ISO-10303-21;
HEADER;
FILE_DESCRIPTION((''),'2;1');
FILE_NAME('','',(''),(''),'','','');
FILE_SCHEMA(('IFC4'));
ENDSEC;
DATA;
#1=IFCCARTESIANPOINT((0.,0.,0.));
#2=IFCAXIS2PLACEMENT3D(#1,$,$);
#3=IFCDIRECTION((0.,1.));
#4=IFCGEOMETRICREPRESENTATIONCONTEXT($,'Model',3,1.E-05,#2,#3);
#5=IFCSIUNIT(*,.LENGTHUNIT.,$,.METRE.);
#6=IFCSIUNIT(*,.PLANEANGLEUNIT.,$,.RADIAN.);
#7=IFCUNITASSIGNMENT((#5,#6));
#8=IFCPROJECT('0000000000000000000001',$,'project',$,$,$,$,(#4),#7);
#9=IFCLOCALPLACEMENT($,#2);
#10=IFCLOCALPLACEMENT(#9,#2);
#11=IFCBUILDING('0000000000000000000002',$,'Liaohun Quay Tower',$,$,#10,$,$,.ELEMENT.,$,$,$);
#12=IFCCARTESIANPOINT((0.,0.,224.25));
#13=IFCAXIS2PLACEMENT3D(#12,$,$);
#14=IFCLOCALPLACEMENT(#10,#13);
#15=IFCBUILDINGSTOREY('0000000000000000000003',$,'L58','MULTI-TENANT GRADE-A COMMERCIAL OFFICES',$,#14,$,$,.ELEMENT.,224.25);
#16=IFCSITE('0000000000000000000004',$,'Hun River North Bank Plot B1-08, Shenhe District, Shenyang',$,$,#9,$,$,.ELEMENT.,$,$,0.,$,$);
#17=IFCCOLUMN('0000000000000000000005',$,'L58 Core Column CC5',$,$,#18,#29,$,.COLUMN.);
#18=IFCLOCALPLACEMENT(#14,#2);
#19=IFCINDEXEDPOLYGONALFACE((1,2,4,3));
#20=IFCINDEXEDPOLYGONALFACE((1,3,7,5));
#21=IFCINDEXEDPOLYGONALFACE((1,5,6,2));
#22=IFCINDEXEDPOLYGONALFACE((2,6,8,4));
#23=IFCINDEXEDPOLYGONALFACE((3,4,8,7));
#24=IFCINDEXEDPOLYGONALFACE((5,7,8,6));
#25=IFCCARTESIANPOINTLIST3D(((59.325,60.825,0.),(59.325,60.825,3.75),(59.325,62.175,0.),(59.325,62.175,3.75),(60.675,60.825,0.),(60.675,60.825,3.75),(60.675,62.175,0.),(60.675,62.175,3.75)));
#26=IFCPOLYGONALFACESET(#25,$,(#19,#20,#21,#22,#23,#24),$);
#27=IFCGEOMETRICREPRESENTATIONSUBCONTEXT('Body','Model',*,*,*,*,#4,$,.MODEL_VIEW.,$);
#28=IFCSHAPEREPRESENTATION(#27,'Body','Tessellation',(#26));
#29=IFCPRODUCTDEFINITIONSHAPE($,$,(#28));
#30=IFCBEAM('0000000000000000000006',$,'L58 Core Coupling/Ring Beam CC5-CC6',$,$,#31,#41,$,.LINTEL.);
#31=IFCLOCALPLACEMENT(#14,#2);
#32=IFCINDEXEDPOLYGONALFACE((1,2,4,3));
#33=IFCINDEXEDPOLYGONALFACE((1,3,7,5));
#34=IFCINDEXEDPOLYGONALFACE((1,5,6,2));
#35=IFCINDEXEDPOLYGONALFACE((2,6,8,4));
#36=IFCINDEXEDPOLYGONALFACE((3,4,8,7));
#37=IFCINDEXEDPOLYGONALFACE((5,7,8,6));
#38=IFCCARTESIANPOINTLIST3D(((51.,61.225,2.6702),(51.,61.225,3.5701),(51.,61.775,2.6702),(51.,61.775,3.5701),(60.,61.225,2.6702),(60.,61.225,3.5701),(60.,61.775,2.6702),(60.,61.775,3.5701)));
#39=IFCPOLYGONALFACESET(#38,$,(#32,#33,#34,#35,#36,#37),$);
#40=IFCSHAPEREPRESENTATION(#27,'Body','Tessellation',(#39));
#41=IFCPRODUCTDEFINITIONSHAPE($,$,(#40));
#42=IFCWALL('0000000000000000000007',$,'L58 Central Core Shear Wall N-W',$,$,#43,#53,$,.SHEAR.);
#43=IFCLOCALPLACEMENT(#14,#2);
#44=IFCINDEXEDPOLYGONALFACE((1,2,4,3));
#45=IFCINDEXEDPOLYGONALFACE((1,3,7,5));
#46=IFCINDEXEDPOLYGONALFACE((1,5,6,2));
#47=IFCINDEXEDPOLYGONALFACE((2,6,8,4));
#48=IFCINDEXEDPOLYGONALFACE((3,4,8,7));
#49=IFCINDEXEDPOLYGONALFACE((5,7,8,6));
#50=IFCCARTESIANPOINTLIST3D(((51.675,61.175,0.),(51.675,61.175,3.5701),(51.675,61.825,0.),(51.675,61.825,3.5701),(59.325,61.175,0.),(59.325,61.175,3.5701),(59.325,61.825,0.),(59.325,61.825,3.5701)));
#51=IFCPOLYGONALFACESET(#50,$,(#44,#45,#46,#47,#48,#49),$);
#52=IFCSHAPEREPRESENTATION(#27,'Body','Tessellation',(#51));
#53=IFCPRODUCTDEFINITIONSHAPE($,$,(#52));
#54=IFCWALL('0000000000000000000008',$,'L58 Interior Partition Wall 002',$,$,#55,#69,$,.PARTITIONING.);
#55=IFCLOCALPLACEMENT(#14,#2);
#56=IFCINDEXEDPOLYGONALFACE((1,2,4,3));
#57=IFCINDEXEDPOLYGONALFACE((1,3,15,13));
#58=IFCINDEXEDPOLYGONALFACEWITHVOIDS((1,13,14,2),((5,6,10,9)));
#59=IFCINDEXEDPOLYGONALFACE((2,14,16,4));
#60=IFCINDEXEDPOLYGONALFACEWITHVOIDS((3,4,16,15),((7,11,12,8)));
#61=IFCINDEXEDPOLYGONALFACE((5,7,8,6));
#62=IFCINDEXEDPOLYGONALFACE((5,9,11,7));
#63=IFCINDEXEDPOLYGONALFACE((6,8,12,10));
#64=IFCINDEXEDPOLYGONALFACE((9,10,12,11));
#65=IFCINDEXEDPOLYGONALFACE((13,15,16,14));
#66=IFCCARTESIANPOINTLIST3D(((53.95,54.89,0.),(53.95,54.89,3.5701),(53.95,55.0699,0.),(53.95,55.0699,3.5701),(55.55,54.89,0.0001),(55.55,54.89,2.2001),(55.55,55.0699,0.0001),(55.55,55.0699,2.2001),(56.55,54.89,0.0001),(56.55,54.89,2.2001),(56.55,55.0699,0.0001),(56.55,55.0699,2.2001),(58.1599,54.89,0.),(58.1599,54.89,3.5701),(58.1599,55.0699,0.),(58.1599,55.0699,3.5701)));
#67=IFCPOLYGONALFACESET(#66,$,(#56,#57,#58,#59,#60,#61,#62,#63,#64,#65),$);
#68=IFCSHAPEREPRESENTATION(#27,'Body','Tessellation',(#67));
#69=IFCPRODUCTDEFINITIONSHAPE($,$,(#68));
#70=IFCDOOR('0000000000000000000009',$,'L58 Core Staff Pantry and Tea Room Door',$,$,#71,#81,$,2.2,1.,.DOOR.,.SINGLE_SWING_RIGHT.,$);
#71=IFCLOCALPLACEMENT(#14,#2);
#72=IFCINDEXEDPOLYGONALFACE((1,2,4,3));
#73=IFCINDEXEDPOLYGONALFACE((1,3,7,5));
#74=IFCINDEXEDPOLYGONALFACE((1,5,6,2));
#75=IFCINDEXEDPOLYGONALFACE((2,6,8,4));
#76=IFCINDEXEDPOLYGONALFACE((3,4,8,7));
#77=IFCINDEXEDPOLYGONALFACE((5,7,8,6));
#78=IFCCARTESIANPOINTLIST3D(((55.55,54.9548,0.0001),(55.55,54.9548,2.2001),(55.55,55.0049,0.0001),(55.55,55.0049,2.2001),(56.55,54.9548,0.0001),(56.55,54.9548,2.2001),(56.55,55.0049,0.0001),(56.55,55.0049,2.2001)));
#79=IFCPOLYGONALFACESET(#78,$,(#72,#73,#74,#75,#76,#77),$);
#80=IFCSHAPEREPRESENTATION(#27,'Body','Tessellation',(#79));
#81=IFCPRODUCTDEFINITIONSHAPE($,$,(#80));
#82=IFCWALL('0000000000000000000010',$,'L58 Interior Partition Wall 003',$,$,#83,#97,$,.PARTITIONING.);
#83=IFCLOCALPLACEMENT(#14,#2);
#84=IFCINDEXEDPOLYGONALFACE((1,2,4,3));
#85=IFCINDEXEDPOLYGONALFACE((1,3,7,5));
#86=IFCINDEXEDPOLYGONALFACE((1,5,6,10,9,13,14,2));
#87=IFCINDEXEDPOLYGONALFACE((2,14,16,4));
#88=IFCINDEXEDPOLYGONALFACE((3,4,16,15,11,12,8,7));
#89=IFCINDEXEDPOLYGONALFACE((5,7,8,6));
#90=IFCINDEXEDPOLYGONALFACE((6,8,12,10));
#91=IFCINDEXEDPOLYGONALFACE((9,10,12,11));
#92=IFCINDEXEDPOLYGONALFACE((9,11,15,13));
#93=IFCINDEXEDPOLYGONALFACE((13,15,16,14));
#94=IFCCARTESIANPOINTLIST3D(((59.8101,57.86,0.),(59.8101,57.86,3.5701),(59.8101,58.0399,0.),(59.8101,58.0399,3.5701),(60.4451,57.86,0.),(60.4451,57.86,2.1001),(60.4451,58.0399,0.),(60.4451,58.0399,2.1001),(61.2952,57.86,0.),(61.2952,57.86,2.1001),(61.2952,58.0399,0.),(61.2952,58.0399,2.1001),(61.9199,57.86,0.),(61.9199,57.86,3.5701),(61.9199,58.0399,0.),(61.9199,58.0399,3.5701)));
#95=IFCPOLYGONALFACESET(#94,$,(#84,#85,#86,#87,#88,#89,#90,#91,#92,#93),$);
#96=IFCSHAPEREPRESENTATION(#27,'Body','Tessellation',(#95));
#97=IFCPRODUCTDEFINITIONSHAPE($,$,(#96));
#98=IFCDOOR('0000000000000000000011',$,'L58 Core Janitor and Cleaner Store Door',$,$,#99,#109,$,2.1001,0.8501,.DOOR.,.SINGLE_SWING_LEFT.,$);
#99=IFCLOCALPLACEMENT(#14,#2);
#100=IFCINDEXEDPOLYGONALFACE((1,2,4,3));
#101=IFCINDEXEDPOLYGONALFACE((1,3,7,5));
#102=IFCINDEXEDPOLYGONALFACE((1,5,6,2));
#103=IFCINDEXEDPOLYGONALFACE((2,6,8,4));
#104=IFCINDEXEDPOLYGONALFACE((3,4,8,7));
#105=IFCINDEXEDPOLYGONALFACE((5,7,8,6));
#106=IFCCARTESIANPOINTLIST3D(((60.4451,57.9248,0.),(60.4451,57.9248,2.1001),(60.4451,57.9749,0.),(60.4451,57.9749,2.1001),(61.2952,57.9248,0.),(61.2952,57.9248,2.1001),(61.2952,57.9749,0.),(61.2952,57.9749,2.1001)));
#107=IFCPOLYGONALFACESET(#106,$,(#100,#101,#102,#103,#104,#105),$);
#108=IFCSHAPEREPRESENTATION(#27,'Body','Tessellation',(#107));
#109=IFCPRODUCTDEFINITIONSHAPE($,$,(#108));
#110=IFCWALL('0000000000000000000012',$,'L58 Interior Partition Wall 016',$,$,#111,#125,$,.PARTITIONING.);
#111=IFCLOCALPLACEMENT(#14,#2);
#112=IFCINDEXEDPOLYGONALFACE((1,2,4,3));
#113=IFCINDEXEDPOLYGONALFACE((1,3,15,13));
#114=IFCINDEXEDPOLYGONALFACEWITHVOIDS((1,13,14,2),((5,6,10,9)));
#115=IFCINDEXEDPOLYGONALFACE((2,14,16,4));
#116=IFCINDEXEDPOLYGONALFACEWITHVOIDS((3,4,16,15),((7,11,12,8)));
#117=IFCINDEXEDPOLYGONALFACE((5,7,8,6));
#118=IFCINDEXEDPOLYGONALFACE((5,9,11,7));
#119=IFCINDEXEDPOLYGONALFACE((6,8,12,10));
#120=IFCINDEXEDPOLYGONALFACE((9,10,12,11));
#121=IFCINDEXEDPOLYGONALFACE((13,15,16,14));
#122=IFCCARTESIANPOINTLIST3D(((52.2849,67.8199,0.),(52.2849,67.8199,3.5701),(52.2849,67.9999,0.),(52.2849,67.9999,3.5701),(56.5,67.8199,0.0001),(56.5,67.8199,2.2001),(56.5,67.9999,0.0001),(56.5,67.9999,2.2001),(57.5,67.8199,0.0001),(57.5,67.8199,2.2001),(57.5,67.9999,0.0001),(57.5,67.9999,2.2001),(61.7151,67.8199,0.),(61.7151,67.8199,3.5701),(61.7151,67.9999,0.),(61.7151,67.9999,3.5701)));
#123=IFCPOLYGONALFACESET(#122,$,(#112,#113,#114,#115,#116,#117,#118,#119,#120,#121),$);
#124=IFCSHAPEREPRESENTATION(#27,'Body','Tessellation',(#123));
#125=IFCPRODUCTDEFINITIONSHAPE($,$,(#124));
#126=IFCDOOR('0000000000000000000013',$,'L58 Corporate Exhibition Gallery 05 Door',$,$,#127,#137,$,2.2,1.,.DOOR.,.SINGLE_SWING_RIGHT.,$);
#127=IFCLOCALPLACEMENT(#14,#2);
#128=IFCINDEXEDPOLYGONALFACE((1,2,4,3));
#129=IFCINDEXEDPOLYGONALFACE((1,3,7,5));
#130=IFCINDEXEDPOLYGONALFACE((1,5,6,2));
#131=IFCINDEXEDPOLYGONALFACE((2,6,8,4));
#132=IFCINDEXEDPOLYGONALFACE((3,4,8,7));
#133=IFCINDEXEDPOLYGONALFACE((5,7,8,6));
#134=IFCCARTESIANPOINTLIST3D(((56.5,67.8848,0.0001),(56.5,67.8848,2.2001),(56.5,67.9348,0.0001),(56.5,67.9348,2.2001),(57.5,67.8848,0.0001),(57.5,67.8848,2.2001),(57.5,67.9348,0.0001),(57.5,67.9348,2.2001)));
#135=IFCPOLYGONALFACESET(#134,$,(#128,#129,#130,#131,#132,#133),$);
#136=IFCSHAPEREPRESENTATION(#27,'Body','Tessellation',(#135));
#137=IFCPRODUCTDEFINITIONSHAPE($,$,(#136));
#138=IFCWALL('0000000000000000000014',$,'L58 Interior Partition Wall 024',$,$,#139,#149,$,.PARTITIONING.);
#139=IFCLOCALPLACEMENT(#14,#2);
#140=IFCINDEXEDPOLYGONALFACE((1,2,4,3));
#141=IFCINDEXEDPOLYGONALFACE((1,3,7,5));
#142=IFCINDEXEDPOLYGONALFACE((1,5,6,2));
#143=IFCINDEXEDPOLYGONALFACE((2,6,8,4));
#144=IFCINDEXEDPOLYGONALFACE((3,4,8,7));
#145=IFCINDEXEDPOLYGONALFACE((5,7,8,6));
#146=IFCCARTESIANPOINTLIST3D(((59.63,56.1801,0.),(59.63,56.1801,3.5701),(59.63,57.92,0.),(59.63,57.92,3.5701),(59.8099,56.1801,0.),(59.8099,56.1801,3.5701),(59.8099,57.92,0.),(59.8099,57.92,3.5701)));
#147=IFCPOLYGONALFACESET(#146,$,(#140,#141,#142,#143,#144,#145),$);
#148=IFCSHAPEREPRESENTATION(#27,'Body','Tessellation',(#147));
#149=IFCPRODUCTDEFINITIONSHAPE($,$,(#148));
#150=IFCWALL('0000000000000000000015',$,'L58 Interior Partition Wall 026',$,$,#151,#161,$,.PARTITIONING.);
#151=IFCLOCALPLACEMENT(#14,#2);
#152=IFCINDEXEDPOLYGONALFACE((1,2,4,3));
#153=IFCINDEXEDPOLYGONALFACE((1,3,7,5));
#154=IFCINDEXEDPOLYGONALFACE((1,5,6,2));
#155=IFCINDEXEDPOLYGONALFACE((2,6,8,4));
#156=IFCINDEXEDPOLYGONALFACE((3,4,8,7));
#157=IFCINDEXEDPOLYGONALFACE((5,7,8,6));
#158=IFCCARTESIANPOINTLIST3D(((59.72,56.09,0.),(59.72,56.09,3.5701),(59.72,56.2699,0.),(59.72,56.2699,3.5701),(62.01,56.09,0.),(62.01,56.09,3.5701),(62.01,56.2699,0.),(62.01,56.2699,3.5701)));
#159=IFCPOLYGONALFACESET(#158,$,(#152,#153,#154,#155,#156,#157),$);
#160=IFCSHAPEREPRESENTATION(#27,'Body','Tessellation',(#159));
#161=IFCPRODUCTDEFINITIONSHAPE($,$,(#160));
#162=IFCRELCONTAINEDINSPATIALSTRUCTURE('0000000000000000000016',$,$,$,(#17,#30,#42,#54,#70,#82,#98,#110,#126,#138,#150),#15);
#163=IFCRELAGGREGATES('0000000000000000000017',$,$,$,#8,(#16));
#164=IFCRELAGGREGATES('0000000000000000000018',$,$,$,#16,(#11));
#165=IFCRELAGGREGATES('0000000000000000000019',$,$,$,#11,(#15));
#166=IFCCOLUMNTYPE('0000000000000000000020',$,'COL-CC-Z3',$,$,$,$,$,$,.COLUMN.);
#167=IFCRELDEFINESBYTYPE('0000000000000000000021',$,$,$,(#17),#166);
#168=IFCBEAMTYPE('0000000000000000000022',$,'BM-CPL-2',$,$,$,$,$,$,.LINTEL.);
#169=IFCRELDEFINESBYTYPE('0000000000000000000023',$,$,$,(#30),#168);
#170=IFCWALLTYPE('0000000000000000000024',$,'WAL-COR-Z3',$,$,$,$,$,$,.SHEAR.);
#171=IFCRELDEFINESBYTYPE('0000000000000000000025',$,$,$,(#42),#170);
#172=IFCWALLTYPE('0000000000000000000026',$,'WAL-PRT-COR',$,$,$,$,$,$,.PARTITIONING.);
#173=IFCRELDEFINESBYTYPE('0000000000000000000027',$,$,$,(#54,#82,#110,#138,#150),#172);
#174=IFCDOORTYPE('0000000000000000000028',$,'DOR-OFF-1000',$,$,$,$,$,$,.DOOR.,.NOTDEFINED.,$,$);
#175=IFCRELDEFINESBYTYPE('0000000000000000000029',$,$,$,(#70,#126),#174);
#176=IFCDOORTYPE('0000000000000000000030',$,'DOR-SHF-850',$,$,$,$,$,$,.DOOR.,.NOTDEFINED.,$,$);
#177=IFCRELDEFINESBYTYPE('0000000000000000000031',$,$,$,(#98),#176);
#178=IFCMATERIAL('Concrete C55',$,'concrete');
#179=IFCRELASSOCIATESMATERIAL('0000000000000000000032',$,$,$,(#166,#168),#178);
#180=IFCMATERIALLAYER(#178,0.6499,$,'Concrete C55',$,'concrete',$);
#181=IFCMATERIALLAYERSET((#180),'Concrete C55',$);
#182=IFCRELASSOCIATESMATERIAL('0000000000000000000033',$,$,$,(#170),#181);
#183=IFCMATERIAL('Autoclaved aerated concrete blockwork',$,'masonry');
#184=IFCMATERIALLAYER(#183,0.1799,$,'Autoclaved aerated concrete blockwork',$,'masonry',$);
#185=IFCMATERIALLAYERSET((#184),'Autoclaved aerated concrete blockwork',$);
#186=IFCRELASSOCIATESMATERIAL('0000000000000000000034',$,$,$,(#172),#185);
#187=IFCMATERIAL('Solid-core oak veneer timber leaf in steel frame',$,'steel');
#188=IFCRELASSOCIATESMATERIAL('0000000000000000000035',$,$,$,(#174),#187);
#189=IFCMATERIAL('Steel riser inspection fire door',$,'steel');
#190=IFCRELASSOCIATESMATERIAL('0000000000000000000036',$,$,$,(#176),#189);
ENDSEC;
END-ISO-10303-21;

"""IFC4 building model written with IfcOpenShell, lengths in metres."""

from ifc_helpers import new_model, si_unit, direction, frame, frame_2d, origin, origin_2d, place, context, subcontext, project, spatial, rectangle, extrude, source, transform, mapped, material, layer, layer_set, material_profile, profile_set, type_object, element, fill, save


model = new_model("IFC4")

# Units and contexts
model_context = context("Model", 3, precision=1e-05, world=origin(), true_north=direction((0.0, 1.0)))
body_context = subcontext(model_context, "Body", "Model", "MODEL_VIEW")
ifc_project = project(units=[si_unit("LENGTHUNIT", "METRE"), si_unit("PLANEANGLEUNIT", "RADIAN")], contexts=[model_context])

# Site, building, storey
site_placement = place(None, origin())
site = spatial("IfcSite", under=ifc_project, at=site_placement, Name="Hun River North Bank Plot B1-08, Shenhe District, Shenyang", CompositionType="ELEMENT", RefElevation=0.0)
building_placement = place(site_placement, origin())
building = spatial("IfcBuilding", under=site, at=building_placement, Name="Liaohun Quay Tower", CompositionType="ELEMENT")
storey_placement = place(building_placement, frame((0.0, 0.0, 224.25)))
storey = spatial("IfcBuildingStorey", under=building, at=storey_placement, Name="L58", Description="MULTI-TENANT GRADE-A COMMERCIAL OFFICES", CompositionType="ELEMENT", Elevation=224.25)

# Column
ifc_material_1 = material(Name="Concrete C55", Category="concrete")
ifc_material_profile_1 = material_profile(ifc_material_1, rectangle(XDim=1.3501, YDim=1.3501, at=origin_2d()), Name="RC1350x1350")
ifc_profile_set_1 = profile_set([ifc_material_profile_1], Name="Concrete C55")
column_type = type_object("IfcColumnType", Name="COL-CC-Z3", PredefinedType="COLUMN", material=ifc_profile_set_1)
shared_shape_1 = source(origin(), body_context, "Body", "SweptSolid", [
    extrude(rectangle(XDim=1.3501, YDim=1.3501, at=origin_2d()), origin(), (0.0, 0.0, 1.0), 3.75),
])
column_placement = place(storey_placement, frame((60.0, 61.5, 0.0), z_axis=(0.0, 0.0, 1.0), x_axis=(1.0, 0.0, 0.0)))
element("IfcColumn", 1, at=column_placement, inside=storey, type_object=column_type, Name="L58 Core Column CC5", PredefinedType="COLUMN", context=body_context, shape_type="MappedRepresentation", body=[
    mapped(shared_shape_1, transform((0.0, 0.0, 0.0), x_axis=(1.0, 0.0, 0.0), y_axis=(0.0, 1.0, 0.0), z_axis=(0.0, 0.0, 1.0), scale=1.0)),
])

# Beam
ifc_material_profile_2 = material_profile(ifc_material_1, rectangle(XDim=0.55, YDim=0.8999, at=origin_2d()), Name="RC550x900")
ifc_profile_set_2 = profile_set([ifc_material_profile_2], Name="Concrete C55")
beam_type = type_object("IfcBeamType", Name="BM-CPL-2", PredefinedType="LINTEL", material=ifc_profile_set_2)
shared_shape_2 = source(origin(), body_context, "Body", "SweptSolid", [
    extrude(rectangle(XDim=0.55, YDim=0.8999, at=origin_2d()), origin(), (0.0, 0.0, 1.0), 9.0),
])
beam_placement = place(storey_placement, frame((60.0, 61.5, 3.1201), z_axis=(-1.0, 0.0, 0.0), x_axis=(0.0, -1.0, 0.0)))
element("IfcBeam", 2, at=beam_placement, inside=storey, type_object=beam_type, Name="L58 Core Coupling/Ring Beam CC5-CC6", PredefinedType="LINTEL", context=body_context, shape_type="MappedRepresentation", body=[
    mapped(shared_shape_2, transform((0.0, 0.0, 0.0), x_axis=(1.0, 0.0, 0.0), y_axis=(0.0, 1.0, 0.0), z_axis=(0.0, 0.0, 1.0), scale=1.0)),
])

# Wall
ifc_layer_1 = layer(ifc_material_1, 0.6499, Name="Concrete C55", Category="concrete")
ifc_layer_set_1 = layer_set([ifc_layer_1], Name="Concrete C55")
wall_type_1 = type_object("IfcWallType", Name="WAL-COR-Z3", PredefinedType="SHEAR", material=ifc_layer_set_1)
wall_1_placement = place(storey_placement, frame((51.675, 61.5, 0.0), z_axis=(0.0, 0.0, 1.0), x_axis=(1.0, 0.0, 0.0)))
element("IfcWall", 3, at=wall_1_placement, inside=storey, type_object=wall_type_1, Name="L58 Central Core Shear Wall N-W", PredefinedType="SHEAR", context=body_context, shape_type="SweptSolid", body=[
    extrude(rectangle(XDim=7.6499, YDim=0.6499, at=frame_2d((3.825, 0.0))), origin(), (0.0, 0.0, 1.0), 3.5701),
])

# Walls, openings, doors
ifc_material_2 = material(Name="Autoclaved aerated concrete blockwork", Category="masonry")
ifc_layer_2 = layer(ifc_material_2, 0.1799, Name="Autoclaved aerated concrete blockwork", Category="masonry")
ifc_layer_set_2 = layer_set([ifc_layer_2], Name="Autoclaved aerated concrete blockwork")
wall_type_2 = type_object("IfcWallType", Name="WAL-PRT-COR", PredefinedType="PARTITIONING", material=ifc_layer_set_2)
wall_2_placement = place(storey_placement, frame((53.95, 54.98, 0.0), z_axis=(0.0, 0.0, 1.0), x_axis=(1.0, 0.0, 0.0)))
wall_2 = element("IfcWall", 4, at=wall_2_placement, inside=storey, type_object=wall_type_2, Name="L58 Interior Partition Wall 002", PredefinedType="PARTITIONING", context=body_context, shape_type="SweptSolid", body=[
    extrude(rectangle(XDim=4.21, YDim=0.1799, at=frame_2d((2.105, 0.0))), origin(), (0.0, 0.0, 1.0), 3.5701),
])
shared_shape_3 = source(origin(), body_context, "Body", "SweptSolid", [
    extrude(rectangle(XDim=1.0, YDim=2.2, at=frame_2d((0.5, 1.1001))), frame((0.0, 0.0999, 0.0), z_axis=(0.0, -1.0, 0.0), x_axis=(1.0, 0.0, 0.0)), (0.0, 0.0, 1.0), 0.2),
])
opening_1_placement = place(wall_2_placement, frame((1.6001, 0.0, 0.0)))
opening_1 = element("IfcOpeningElement", 5, at=opening_1_placement, cuts=wall_2, PredefinedType="OPENING", context=body_context, shape_type="MappedRepresentation", body=[
    mapped(shared_shape_3, transform((0.0, 0.0, 0.0), x_axis=(1.0, 0.0, 0.0), y_axis=(0.0, 1.0, 0.0), z_axis=(0.0, 0.0, 1.0), scale=1.0)),
])
ifc_material_3 = material(Name="Solid-core oak veneer timber leaf in steel frame", Category="steel")
door_type_1 = type_object("IfcDoorType", Name="DOR-OFF-1000", OperationType="NOTDEFINED", PredefinedType="DOOR", material=ifc_material_3)
shared_shape_4 = source(origin(), body_context, "Body", "SweptSolid", [
    extrude(rectangle(XDim=1.0, YDim=2.2, at=frame_2d((0.5, 1.1001))), frame((0.0, 0.0249, 0.0), z_axis=(0.0, -1.0, 0.0), x_axis=(1.0, 0.0, 0.0)), (0.0, 0.0, 1.0), 0.05),
])
door_1_placement = place(opening_1_placement, origin())
door_1 = element("IfcDoor", 6, at=door_1_placement, inside=storey, type_object=door_type_1, Name="L58 Core Staff Pantry and Tea Room Door", OperationType="SINGLE_SWING_RIGHT", OverallHeight=2.2, OverallWidth=1.0, PredefinedType="DOOR", context=body_context, shape_type="MappedRepresentation", body=[
    mapped(shared_shape_4, transform((0.0, 0.0, 0.0), x_axis=(1.0, 0.0, 0.0), y_axis=(0.0, 1.0, 0.0), z_axis=(0.0, 0.0, 1.0), scale=1.0)),
])
fill(opening_1, door_1)
wall_3_placement = place(storey_placement, frame((59.8101, 57.95, 0.0), z_axis=(0.0, 0.0, 1.0), x_axis=(1.0, 0.0, 0.0)))
wall_3 = element("IfcWall", 7, at=wall_3_placement, inside=storey, type_object=wall_type_2, Name="L58 Interior Partition Wall 003", PredefinedType="PARTITIONING", context=body_context, shape_type="SweptSolid", body=[
    extrude(rectangle(XDim=2.1099, YDim=0.1799, at=frame_2d((1.0549, 0.0))), origin(), (0.0, 0.0, 1.0), 3.5701),
])
shared_shape_5 = source(origin(), body_context, "Body", "SweptSolid", [
    extrude(rectangle(XDim=0.8501, YDim=2.1001, at=frame_2d((0.425, 1.05))), frame((0.0, 0.0999, 0.0), z_axis=(0.0, -1.0, 0.0), x_axis=(1.0, 0.0, 0.0)), (0.0, 0.0, 1.0), 0.2),
])
opening_2_placement = place(wall_3_placement, frame((0.635, 0.0, 0.0)))
opening_2 = element("IfcOpeningElement", 8, at=opening_2_placement, cuts=wall_3, PredefinedType="OPENING", context=body_context, shape_type="MappedRepresentation", body=[
    mapped(shared_shape_5, transform((0.0, 0.0, 0.0), x_axis=(1.0, 0.0, 0.0), y_axis=(0.0, 1.0, 0.0), z_axis=(0.0, 0.0, 1.0), scale=1.0)),
])
ifc_material_4 = material(Name="Steel riser inspection fire door", Category="steel")
door_type_2 = type_object("IfcDoorType", Name="DOR-SHF-850", OperationType="NOTDEFINED", PredefinedType="DOOR", material=ifc_material_4)
shared_shape_6 = source(origin(), body_context, "Body", "SweptSolid", [
    extrude(rectangle(XDim=0.8501, YDim=2.1001, at=frame_2d((0.425, 1.05))), frame((0.0, 0.0249, 0.0), z_axis=(0.0, -1.0, 0.0), x_axis=(1.0, 0.0, 0.0)), (0.0, 0.0, 1.0), 0.05),
])
door_2_placement = place(opening_2_placement, origin())
door_2 = element("IfcDoor", 9, at=door_2_placement, inside=storey, type_object=door_type_2, Name="L58 Core Janitor and Cleaner Store Door", OperationType="SINGLE_SWING_LEFT", OverallHeight=2.1001, OverallWidth=0.8501, PredefinedType="DOOR", context=body_context, shape_type="MappedRepresentation", body=[
    mapped(shared_shape_6, transform((0.0, 0.0, 0.0), x_axis=(1.0, 0.0, 0.0), y_axis=(0.0, 1.0, 0.0), z_axis=(0.0, 0.0, 1.0), scale=1.0)),
])
fill(opening_2, door_2)
wall_4_placement = place(storey_placement, frame((52.2849, 67.9099, 0.0), z_axis=(0.0, 0.0, 1.0), x_axis=(1.0, 0.0, 0.0)))
wall_4 = element("IfcWall", 10, at=wall_4_placement, inside=storey, type_object=wall_type_2, Name="L58 Interior Partition Wall 016", PredefinedType="PARTITIONING", context=body_context, shape_type="SweptSolid", body=[
    extrude(rectangle(XDim=9.4302, YDim=0.1799, at=frame_2d((4.7151, 0.0))), origin(), (0.0, 0.0, 1.0), 3.5701),
])
opening_3_placement = place(wall_4_placement, frame((4.2151, 0.0, 0.0)))
opening_3 = element("IfcOpeningElement", 11, at=opening_3_placement, cuts=wall_4, PredefinedType="OPENING", context=body_context, shape_type="MappedRepresentation", body=[
    mapped(shared_shape_3, transform((0.0, 0.0, 0.0), x_axis=(1.0, 0.0, 0.0), y_axis=(0.0, 1.0, 0.0), z_axis=(0.0, 0.0, 1.0), scale=1.0)),
])
door_3_placement = place(opening_3_placement, origin())
door_3 = element("IfcDoor", 12, at=door_3_placement, inside=storey, type_object=door_type_1, Name="L58 Corporate Exhibition Gallery 05 Door", OperationType="SINGLE_SWING_RIGHT", OverallHeight=2.2, OverallWidth=1.0, PredefinedType="DOOR", context=body_context, shape_type="MappedRepresentation", body=[
    mapped(shared_shape_4, transform((0.0, 0.0, 0.0), x_axis=(1.0, 0.0, 0.0), y_axis=(0.0, 1.0, 0.0), z_axis=(0.0, 0.0, 1.0), scale=1.0)),
])
fill(opening_3, door_3)

# Walls
wall_5_placement = place(storey_placement, frame((59.72, 56.1799, 0.0), z_axis=(0.0, 0.0, 1.0), x_axis=(0.0, 1.0, 0.0)))
element("IfcWall", 13, at=wall_5_placement, inside=storey, type_object=wall_type_2, Name="L58 Interior Partition Wall 024", PredefinedType="PARTITIONING", context=body_context, shape_type="SweptSolid", body=[
    extrude(rectangle(XDim=1.74, YDim=0.1799, at=frame_2d((0.8701, 0.0))), origin(), (0.0, 0.0, 1.0), 3.5701),
])
wall_6_placement = place(storey_placement, frame((59.72, 56.1799, 0.0), z_axis=(0.0, 0.0, 1.0), x_axis=(1.0, 0.0, 0.0)))
element("IfcWall", 14, at=wall_6_placement, inside=storey, type_object=wall_type_2, Name="L58 Interior Partition Wall 026", PredefinedType="PARTITIONING", context=body_context, shape_type="SweptSolid", body=[
    extrude(rectangle(XDim=2.29, YDim=0.1799, at=frame_2d((1.145, 0.0))), origin(), (0.0, 0.0, 1.0), 3.5701),
])

save(model, "model.ifc")
